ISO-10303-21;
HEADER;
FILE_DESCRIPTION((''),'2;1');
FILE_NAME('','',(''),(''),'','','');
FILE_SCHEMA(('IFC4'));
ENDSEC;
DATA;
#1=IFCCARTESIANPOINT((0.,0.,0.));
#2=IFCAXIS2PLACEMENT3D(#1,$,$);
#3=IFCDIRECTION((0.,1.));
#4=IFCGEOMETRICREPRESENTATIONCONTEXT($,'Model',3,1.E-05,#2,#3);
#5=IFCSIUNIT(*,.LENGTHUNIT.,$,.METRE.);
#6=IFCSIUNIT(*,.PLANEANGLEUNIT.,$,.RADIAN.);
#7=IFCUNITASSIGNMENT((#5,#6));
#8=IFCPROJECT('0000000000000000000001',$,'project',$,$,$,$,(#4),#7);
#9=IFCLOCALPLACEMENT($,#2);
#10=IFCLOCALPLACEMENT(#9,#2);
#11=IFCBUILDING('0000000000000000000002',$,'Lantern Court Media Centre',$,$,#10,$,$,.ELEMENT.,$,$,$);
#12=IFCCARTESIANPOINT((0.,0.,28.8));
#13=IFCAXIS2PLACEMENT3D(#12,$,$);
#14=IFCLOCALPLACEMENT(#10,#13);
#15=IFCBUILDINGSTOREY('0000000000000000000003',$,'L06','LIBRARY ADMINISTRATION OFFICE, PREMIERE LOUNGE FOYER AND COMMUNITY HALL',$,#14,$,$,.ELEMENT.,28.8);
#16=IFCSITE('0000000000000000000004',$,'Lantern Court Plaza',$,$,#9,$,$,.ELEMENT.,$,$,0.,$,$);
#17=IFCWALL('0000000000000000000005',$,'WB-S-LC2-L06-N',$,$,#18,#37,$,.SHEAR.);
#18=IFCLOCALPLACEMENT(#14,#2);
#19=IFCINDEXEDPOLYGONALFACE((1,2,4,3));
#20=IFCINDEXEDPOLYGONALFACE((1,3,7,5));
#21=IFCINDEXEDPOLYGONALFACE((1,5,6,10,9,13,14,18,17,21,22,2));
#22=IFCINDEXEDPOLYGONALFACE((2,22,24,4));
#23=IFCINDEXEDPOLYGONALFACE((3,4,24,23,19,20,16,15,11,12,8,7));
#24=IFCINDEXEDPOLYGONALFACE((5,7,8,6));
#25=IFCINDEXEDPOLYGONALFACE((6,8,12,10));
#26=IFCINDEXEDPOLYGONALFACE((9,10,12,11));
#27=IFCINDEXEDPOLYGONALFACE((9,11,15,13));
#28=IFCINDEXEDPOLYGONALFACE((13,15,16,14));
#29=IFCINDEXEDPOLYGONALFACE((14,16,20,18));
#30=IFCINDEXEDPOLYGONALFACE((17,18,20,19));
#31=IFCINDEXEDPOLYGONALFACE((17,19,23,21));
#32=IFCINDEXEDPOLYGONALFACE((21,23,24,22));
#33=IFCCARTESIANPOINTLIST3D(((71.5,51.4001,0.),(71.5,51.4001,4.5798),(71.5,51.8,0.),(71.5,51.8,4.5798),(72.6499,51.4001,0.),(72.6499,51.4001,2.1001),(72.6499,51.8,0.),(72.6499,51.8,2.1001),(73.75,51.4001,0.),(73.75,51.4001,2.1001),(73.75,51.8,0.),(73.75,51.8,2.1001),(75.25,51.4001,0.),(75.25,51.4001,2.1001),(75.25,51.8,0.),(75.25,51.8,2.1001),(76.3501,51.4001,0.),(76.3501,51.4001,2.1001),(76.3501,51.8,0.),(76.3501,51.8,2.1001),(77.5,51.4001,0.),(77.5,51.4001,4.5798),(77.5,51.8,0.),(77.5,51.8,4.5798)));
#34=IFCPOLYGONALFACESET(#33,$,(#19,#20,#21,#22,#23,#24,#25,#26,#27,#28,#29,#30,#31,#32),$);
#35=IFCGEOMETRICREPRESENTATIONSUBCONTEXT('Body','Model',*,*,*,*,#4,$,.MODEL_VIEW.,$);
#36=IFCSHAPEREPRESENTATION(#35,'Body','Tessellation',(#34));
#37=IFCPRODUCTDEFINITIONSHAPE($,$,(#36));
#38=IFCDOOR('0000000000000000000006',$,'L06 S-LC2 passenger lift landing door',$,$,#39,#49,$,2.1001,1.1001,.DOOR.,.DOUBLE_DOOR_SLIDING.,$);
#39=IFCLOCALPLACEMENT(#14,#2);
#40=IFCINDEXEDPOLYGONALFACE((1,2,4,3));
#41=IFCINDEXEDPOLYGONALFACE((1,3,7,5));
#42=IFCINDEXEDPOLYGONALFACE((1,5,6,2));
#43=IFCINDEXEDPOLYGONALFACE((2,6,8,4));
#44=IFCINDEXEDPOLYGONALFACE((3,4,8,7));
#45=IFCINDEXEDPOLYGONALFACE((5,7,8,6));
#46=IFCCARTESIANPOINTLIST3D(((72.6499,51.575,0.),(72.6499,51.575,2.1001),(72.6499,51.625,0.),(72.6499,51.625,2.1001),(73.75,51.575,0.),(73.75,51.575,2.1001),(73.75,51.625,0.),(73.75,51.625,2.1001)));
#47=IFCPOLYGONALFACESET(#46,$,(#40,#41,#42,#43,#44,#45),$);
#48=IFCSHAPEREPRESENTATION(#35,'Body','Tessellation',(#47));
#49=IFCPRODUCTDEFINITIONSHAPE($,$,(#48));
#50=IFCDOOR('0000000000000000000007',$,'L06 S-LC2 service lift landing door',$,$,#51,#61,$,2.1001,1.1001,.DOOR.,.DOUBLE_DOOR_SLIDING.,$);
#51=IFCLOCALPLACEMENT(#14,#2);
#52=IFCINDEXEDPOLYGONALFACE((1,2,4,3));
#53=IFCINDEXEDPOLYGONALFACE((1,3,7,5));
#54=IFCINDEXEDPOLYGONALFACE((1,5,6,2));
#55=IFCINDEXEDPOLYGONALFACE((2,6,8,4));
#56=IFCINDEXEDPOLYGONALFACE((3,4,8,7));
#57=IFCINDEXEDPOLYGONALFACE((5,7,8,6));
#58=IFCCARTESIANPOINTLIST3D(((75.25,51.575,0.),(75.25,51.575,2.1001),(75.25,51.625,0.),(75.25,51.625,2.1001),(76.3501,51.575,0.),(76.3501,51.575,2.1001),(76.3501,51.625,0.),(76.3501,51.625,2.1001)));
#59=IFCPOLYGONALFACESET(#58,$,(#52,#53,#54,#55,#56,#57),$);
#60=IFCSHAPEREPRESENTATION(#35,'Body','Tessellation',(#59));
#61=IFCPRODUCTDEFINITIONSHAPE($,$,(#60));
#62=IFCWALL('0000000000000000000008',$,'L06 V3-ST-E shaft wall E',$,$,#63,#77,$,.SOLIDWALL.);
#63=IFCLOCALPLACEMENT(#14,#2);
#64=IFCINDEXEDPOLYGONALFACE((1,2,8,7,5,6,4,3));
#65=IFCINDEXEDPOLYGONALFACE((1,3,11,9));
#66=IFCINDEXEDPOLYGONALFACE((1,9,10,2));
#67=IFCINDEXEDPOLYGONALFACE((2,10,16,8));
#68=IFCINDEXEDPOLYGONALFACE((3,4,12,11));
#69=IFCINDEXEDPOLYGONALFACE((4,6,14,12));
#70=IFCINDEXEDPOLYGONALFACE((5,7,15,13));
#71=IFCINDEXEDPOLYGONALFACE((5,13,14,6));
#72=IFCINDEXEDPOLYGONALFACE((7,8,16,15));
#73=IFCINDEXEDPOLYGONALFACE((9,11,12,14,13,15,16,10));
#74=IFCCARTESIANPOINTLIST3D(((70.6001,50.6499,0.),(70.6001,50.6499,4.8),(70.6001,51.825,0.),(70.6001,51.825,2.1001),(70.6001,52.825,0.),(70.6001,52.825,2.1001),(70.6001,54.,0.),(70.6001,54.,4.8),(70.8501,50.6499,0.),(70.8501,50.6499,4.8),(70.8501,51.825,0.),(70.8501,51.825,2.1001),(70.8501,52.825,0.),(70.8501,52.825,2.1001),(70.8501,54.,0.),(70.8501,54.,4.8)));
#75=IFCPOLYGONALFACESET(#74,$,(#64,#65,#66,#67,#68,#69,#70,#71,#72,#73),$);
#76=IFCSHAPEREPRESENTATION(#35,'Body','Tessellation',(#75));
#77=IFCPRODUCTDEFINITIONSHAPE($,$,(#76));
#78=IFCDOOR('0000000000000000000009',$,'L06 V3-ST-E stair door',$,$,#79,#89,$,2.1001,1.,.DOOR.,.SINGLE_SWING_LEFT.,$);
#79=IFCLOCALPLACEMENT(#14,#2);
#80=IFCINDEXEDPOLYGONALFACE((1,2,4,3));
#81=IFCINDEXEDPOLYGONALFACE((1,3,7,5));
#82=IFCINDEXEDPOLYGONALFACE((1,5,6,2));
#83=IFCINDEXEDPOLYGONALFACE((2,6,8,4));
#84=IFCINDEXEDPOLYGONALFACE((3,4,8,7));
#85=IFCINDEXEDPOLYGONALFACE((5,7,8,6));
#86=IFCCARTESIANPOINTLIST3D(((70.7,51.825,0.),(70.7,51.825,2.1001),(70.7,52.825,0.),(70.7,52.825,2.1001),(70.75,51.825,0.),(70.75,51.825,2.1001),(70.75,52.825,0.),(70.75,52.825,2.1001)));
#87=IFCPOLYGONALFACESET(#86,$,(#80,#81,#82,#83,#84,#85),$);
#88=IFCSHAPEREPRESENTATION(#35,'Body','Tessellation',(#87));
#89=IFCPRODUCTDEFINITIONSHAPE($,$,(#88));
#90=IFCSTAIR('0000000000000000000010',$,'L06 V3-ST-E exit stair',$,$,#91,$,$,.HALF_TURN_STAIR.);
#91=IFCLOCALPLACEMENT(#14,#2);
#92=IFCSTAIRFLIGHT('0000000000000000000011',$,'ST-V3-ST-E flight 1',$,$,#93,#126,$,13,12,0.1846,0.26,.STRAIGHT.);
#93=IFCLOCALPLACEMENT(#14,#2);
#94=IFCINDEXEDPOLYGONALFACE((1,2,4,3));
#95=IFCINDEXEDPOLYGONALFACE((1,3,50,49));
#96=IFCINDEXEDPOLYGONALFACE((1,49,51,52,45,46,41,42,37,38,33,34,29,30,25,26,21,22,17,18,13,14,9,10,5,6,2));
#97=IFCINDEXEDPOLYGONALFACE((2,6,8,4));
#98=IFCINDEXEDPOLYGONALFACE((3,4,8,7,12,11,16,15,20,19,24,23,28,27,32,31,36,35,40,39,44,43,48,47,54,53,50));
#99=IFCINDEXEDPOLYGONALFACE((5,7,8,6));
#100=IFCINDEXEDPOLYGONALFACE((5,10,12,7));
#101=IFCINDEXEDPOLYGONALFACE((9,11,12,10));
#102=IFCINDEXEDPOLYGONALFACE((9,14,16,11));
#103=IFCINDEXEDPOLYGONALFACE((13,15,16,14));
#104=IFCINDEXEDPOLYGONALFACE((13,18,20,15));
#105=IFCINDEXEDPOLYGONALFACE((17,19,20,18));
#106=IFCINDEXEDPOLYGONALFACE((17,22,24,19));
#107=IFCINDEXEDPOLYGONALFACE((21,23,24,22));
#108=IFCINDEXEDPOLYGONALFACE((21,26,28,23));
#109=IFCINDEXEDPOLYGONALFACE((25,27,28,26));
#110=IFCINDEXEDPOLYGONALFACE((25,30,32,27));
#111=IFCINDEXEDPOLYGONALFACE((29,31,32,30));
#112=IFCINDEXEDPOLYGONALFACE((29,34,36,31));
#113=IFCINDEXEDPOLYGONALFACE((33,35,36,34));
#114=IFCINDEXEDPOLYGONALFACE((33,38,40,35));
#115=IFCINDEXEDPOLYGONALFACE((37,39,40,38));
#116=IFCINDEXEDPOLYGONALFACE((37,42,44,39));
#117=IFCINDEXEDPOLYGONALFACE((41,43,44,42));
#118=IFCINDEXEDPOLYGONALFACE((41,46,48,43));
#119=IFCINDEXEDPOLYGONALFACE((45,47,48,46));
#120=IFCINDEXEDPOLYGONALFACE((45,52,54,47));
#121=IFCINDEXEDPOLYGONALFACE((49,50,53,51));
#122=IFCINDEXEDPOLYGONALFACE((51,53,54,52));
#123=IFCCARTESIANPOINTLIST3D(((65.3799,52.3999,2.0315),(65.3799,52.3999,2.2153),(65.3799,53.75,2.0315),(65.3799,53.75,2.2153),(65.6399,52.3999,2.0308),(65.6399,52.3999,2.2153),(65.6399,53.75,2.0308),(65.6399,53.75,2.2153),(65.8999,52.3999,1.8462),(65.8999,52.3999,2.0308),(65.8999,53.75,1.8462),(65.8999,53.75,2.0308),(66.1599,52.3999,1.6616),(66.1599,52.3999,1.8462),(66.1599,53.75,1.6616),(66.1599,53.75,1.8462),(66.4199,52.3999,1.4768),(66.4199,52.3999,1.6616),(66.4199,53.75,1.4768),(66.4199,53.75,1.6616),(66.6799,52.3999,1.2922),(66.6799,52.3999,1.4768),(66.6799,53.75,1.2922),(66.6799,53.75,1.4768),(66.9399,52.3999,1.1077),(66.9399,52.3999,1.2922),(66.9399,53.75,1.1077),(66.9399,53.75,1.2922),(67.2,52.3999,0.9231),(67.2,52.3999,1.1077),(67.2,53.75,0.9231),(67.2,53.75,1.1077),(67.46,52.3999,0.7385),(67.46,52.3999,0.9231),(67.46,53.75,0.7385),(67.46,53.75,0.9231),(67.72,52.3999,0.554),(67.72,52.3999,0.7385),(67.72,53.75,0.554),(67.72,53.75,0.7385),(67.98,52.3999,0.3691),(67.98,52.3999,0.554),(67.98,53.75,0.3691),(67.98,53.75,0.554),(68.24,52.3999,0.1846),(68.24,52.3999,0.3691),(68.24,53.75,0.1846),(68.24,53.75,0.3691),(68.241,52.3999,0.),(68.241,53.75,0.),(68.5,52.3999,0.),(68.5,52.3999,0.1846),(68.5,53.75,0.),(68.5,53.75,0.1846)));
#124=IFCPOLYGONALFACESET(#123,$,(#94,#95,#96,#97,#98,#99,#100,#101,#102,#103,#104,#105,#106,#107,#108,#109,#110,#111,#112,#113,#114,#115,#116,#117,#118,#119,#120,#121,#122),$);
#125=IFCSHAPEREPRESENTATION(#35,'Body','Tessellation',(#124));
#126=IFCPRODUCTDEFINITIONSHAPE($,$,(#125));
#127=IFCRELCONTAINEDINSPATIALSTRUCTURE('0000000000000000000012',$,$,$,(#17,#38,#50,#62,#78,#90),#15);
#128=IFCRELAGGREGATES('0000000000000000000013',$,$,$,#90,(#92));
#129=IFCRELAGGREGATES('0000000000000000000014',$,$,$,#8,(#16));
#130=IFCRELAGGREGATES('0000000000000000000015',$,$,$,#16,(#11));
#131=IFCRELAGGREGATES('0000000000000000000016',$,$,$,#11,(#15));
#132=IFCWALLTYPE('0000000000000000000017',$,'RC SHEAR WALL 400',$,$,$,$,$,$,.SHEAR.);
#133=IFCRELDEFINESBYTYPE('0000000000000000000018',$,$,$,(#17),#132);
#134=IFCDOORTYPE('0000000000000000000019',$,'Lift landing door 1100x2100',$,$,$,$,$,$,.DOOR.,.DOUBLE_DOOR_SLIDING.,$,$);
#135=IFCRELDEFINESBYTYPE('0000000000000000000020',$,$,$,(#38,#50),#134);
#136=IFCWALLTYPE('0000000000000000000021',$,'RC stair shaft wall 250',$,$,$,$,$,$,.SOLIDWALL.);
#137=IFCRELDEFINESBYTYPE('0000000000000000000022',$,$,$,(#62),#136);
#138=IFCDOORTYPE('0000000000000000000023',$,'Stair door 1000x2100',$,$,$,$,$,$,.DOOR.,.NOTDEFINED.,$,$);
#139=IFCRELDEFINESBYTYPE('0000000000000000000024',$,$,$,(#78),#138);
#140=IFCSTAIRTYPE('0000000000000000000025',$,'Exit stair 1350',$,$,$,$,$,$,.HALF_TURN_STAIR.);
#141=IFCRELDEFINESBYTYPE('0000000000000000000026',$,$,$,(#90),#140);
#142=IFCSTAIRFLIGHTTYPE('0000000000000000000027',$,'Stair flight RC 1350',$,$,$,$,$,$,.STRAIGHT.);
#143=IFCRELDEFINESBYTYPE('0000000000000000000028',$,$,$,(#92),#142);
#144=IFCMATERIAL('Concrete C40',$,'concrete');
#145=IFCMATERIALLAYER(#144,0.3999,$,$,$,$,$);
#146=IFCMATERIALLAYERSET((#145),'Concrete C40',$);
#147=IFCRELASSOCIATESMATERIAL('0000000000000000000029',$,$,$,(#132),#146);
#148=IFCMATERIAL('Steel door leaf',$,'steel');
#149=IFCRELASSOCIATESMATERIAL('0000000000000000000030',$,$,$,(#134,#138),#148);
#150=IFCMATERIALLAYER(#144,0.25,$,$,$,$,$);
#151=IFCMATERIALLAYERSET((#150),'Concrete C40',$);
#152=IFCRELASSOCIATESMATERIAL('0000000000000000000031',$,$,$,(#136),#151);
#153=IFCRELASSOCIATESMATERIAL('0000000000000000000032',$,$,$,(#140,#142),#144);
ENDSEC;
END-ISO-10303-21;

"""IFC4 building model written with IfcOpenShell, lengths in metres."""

from ifc_helpers import new_model, si_unit, direction, frame, frame_2d, origin, place, context, subcontext, project, spatial, polyline, rectangle, outline, extrude, material, layer, layer_set, type_object, element, fill, aggregate, save


model = new_model("IFC4")

# Units and contexts
model_context = context("Model", 3, precision=1e-05, world=origin(), true_north=direction((0.0, 1.0)))
body_context = subcontext(model_context, "Body", "Model", "MODEL_VIEW")
ifc_project = project(units=[si_unit("LENGTHUNIT", "METRE"), si_unit("PLANEANGLEUNIT", "RADIAN")], contexts=[model_context])

# Site, building, storey
site_placement = place(None, origin())
site = spatial("IfcSite", under=ifc_project, at=site_placement, Name="Lantern Court Plaza", CompositionType="ELEMENT", RefElevation=0.0)
building_placement = place(site_placement, origin())
building = spatial("IfcBuilding", under=site, at=building_placement, Name="Lantern Court Media Centre", CompositionType="ELEMENT")
storey_placement = place(building_placement, frame((0.0, 0.0, 28.8)))
storey = spatial("IfcBuildingStorey", under=building, at=storey_placement, Name="L06", Description="LIBRARY ADMINISTRATION OFFICE, PREMIERE LOUNGE FOYER AND COMMUNITY HALL", CompositionType="ELEMENT", Elevation=28.8)

# Wall, openings, doors
ifc_material_1 = material(Name="Concrete C40", Category="concrete")
ifc_layer_1 = layer(ifc_material_1, 0.3999)
ifc_layer_set_1 = layer_set([ifc_layer_1], Name="Concrete C40")
wall_type_1 = type_object("IfcWallType", Name="RC SHEAR WALL 400", PredefinedType="SHEAR", material=ifc_layer_set_1)
wall_1_placement = place(storey_placement, frame((71.5, 51.6001, 0.0), z_axis=(0.0, 0.0, 1.0), x_axis=(1.0, 0.0, 0.0)))
wall_1 = element("IfcWall", 1, at=wall_1_placement, inside=storey, type_object=wall_type_1, Name="WB-S-LC2-L06-N", PredefinedType="SHEAR", context=body_context, shape_type="SweptSolid", body=[
    extrude(rectangle(XDim=6.0, YDim=0.3999, at=frame_2d((3.0, 0.0))), origin(), (0.0, 0.0, 1.0), 4.5798),
])
opening_1_placement = place(wall_1_placement, frame((1.1499, 0.0, 0.0)))
opening_1 = element("IfcOpeningElement", 2, at=opening_1_placement, cuts=wall_1, PredefinedType="OPENING", context=body_context, shape_type="SweptSolid", body=[
    extrude(rectangle(XDim=1.1001, YDim=2.1001, at=frame_2d((0.55, 1.05))), frame((0.0, 0.21, 0.0), z_axis=(0.0, -1.0, 0.0), x_axis=(1.0, 0.0, 0.0)), (0.0, 0.0, 1.0), 0.4199),
])
opening_2_placement = place(wall_1_placement, frame((3.75, 0.0, 0.0)))
opening_2 = element("IfcOpeningElement", 3, at=opening_2_placement, cuts=wall_1, PredefinedType="OPENING", context=body_context, shape_type="SweptSolid", body=[
    extrude(rectangle(XDim=1.1001, YDim=2.1001, at=frame_2d((0.55, 1.05))), frame((0.0, 0.21, 0.0), z_axis=(0.0, -1.0, 0.0), x_axis=(1.0, 0.0, 0.0)), (0.0, 0.0, 1.0), 0.4199),
])
ifc_material_2 = material(Name="Steel door leaf", Category="steel")
door_type_1 = type_object("IfcDoorType", Name="Lift landing door 1100x2100", OperationType="DOUBLE_DOOR_SLIDING", PredefinedType="DOOR", material=ifc_material_2)
door_1_placement = place(opening_1_placement, origin())
door_1 = element("IfcDoor", 4, at=door_1_placement, inside=storey, type_object=door_type_1, Name="L06 S-LC2 passenger lift landing door", OperationType="DOUBLE_DOOR_SLIDING", OverallHeight=2.1001, OverallWidth=1.1001, PredefinedType="DOOR", context=body_context, shape_type="SweptSolid", body=[
    extrude(rectangle(XDim=1.1001, YDim=2.1001, at=frame_2d((0.55, 1.05))), frame((0.0, 0.0249, 0.0), z_axis=(0.0, -1.0, 0.0), x_axis=(1.0, 0.0, 0.0)), (0.0, 0.0, 1.0), 0.05),
])
fill(opening_1, door_1)
door_2_placement = place(opening_2_placement, origin())
door_2 = element("IfcDoor", 5, at=door_2_placement, inside=storey, type_object=door_type_1, Name="L06 S-LC2 service lift landing door", OperationType="DOUBLE_DOOR_SLIDING", OverallHeight=2.1001, OverallWidth=1.1001, PredefinedType="DOOR", context=body_context, shape_type="SweptSolid", body=[
    extrude(rectangle(XDim=1.1001, YDim=2.1001, at=frame_2d((0.55, 1.05))), frame((0.0, 0.0249, 0.0), z_axis=(0.0, -1.0, 0.0), x_axis=(1.0, 0.0, 0.0)), (0.0, 0.0, 1.0), 0.05),
])
fill(opening_2, door_2)

# Wall, opening, door
ifc_layer_2 = layer(ifc_material_1, 0.25)
ifc_layer_set_2 = layer_set([ifc_layer_2], Name="Concrete C40")
wall_type_2 = type_object("IfcWallType", Name="RC stair shaft wall 250", PredefinedType="SOLIDWALL", material=ifc_layer_set_2)
wall_2_placement = place(storey_placement, frame((70.7251, 50.6499, 0.0), z_axis=(0.0, 0.0, 1.0), x_axis=(0.0, 1.0, 0.0)))
wall_2 = element("IfcWall", 6, at=wall_2_placement, inside=storey, type_object=wall_type_2, Name="L06 V3-ST-E shaft wall E", PredefinedType="SOLIDWALL", context=body_context, shape_type="SweptSolid", body=[
    extrude(rectangle(XDim=3.3501, YDim=0.25, at=frame_2d((1.675, 0.0))), origin(), (0.0, 0.0, 1.0), 4.8),
])
opening_3_placement = place(wall_2_placement, frame((1.175, 0.0, 0.0)))
opening_3 = element("IfcOpeningElement", 7, at=opening_3_placement, cuts=wall_2, PredefinedType="OPENING", context=body_context, shape_type="SweptSolid", body=[
    extrude(rectangle(XDim=1.0, YDim=2.1001, at=frame_2d((0.5, 1.05))), frame((0.0, 0.135, 0.0), z_axis=(0.0, -1.0, 0.0), x_axis=(1.0, 0.0, 0.0)), (0.0, 0.0, 1.0), 0.27),
])
door_type_2 = type_object("IfcDoorType", Name="Stair door 1000x2100", OperationType="NOTDEFINED", PredefinedType="DOOR", material=ifc_material_2)
door_3_placement = place(opening_3_placement, frame((1.0, 0.0, 0.0), z_axis=(0.0, 0.0, 1.0), x_axis=(-1.0, 0.0, 0.0)))
door_3 = element("IfcDoor", 8, at=door_3_placement, inside=storey, type_object=door_type_2, Name="L06 V3-ST-E stair door", OperationType="SINGLE_SWING_LEFT", OverallHeight=2.1001, OverallWidth=1.0, PredefinedType="DOOR", context=body_context, shape_type="SweptSolid", body=[
    extrude(rectangle(XDim=1.0, YDim=2.1001, at=frame_2d((0.5, 1.05))), frame((0.0, 0.0249, 0.0), z_axis=(0.0, -1.0, 0.0), x_axis=(1.0, 0.0, 0.0)), (0.0, 0.0, 1.0), 0.05),
])
fill(opening_3, door_3)

# Stair, stair flight
stair_type = type_object("IfcStairType", Name="Exit stair 1350", PredefinedType="HALF_TURN_STAIR", material=ifc_material_1)
stair_placement = place(storey_placement, origin())
stair = element("IfcStair", 9, at=stair_placement, inside=storey, type_object=stair_type, Name="L06 V3-ST-E exit stair", PredefinedType="HALF_TURN_STAIR")
stair_flight_type = type_object("IfcStairFlightType", Name="Stair flight RC 1350", PredefinedType="STRAIGHT", material=ifc_material_1)
stair_flight_placement = place(storey_placement, frame((68.5, 53.075, 0.0), z_axis=(0.0, 0.0, 1.0), x_axis=(-1.0, 0.0, 0.0)))
stair_flight = element("IfcStairFlight", 10, at=stair_flight_placement, type_object=stair_flight_type, Name="ST-V3-ST-E flight 1", NumberOfRisers=13, NumberOfTreads=12, PredefinedType="STRAIGHT", RiserHeight=0.1846, TreadLength=0.26, context=body_context, shape_type="SweptSolid", body=[
    extrude(outline(polyline([(0.0, 0.0), (0.0, 0.1846), (0.26, 0.1846), (0.26, 0.3691), (0.52, 0.3691), (0.52, 0.554), (0.78, 0.554), (0.78, 0.7385), (1.04, 0.7385), (1.04, 0.9231), (1.3, 0.9231), (1.3, 1.1077), (1.5601, 1.1077), (1.5601, 1.2922), (1.8201, 1.2922), (1.8201, 1.4768), (2.0801, 1.4768), (2.0801, 1.6616), (2.3401, 1.6616), (2.3401, 1.8462), (2.6001, 1.8462), (2.6001, 2.0308), (2.8601, 2.0308), (2.8601, 2.2153), (3.1201, 2.2153), (3.1201, 2.3999), (3.1201, 2.0315), (0.259, 0.0), (0.0, 0.0)])), frame((0.0, 0.675, 0.0), z_axis=(0.0, -1.0, 0.0), x_axis=(1.0, 0.0, 0.0)), (0.0, 0.0, 1.0), 1.3501),
])
aggregate(stair, [stair_flight])

save(model, "model.ifc")
